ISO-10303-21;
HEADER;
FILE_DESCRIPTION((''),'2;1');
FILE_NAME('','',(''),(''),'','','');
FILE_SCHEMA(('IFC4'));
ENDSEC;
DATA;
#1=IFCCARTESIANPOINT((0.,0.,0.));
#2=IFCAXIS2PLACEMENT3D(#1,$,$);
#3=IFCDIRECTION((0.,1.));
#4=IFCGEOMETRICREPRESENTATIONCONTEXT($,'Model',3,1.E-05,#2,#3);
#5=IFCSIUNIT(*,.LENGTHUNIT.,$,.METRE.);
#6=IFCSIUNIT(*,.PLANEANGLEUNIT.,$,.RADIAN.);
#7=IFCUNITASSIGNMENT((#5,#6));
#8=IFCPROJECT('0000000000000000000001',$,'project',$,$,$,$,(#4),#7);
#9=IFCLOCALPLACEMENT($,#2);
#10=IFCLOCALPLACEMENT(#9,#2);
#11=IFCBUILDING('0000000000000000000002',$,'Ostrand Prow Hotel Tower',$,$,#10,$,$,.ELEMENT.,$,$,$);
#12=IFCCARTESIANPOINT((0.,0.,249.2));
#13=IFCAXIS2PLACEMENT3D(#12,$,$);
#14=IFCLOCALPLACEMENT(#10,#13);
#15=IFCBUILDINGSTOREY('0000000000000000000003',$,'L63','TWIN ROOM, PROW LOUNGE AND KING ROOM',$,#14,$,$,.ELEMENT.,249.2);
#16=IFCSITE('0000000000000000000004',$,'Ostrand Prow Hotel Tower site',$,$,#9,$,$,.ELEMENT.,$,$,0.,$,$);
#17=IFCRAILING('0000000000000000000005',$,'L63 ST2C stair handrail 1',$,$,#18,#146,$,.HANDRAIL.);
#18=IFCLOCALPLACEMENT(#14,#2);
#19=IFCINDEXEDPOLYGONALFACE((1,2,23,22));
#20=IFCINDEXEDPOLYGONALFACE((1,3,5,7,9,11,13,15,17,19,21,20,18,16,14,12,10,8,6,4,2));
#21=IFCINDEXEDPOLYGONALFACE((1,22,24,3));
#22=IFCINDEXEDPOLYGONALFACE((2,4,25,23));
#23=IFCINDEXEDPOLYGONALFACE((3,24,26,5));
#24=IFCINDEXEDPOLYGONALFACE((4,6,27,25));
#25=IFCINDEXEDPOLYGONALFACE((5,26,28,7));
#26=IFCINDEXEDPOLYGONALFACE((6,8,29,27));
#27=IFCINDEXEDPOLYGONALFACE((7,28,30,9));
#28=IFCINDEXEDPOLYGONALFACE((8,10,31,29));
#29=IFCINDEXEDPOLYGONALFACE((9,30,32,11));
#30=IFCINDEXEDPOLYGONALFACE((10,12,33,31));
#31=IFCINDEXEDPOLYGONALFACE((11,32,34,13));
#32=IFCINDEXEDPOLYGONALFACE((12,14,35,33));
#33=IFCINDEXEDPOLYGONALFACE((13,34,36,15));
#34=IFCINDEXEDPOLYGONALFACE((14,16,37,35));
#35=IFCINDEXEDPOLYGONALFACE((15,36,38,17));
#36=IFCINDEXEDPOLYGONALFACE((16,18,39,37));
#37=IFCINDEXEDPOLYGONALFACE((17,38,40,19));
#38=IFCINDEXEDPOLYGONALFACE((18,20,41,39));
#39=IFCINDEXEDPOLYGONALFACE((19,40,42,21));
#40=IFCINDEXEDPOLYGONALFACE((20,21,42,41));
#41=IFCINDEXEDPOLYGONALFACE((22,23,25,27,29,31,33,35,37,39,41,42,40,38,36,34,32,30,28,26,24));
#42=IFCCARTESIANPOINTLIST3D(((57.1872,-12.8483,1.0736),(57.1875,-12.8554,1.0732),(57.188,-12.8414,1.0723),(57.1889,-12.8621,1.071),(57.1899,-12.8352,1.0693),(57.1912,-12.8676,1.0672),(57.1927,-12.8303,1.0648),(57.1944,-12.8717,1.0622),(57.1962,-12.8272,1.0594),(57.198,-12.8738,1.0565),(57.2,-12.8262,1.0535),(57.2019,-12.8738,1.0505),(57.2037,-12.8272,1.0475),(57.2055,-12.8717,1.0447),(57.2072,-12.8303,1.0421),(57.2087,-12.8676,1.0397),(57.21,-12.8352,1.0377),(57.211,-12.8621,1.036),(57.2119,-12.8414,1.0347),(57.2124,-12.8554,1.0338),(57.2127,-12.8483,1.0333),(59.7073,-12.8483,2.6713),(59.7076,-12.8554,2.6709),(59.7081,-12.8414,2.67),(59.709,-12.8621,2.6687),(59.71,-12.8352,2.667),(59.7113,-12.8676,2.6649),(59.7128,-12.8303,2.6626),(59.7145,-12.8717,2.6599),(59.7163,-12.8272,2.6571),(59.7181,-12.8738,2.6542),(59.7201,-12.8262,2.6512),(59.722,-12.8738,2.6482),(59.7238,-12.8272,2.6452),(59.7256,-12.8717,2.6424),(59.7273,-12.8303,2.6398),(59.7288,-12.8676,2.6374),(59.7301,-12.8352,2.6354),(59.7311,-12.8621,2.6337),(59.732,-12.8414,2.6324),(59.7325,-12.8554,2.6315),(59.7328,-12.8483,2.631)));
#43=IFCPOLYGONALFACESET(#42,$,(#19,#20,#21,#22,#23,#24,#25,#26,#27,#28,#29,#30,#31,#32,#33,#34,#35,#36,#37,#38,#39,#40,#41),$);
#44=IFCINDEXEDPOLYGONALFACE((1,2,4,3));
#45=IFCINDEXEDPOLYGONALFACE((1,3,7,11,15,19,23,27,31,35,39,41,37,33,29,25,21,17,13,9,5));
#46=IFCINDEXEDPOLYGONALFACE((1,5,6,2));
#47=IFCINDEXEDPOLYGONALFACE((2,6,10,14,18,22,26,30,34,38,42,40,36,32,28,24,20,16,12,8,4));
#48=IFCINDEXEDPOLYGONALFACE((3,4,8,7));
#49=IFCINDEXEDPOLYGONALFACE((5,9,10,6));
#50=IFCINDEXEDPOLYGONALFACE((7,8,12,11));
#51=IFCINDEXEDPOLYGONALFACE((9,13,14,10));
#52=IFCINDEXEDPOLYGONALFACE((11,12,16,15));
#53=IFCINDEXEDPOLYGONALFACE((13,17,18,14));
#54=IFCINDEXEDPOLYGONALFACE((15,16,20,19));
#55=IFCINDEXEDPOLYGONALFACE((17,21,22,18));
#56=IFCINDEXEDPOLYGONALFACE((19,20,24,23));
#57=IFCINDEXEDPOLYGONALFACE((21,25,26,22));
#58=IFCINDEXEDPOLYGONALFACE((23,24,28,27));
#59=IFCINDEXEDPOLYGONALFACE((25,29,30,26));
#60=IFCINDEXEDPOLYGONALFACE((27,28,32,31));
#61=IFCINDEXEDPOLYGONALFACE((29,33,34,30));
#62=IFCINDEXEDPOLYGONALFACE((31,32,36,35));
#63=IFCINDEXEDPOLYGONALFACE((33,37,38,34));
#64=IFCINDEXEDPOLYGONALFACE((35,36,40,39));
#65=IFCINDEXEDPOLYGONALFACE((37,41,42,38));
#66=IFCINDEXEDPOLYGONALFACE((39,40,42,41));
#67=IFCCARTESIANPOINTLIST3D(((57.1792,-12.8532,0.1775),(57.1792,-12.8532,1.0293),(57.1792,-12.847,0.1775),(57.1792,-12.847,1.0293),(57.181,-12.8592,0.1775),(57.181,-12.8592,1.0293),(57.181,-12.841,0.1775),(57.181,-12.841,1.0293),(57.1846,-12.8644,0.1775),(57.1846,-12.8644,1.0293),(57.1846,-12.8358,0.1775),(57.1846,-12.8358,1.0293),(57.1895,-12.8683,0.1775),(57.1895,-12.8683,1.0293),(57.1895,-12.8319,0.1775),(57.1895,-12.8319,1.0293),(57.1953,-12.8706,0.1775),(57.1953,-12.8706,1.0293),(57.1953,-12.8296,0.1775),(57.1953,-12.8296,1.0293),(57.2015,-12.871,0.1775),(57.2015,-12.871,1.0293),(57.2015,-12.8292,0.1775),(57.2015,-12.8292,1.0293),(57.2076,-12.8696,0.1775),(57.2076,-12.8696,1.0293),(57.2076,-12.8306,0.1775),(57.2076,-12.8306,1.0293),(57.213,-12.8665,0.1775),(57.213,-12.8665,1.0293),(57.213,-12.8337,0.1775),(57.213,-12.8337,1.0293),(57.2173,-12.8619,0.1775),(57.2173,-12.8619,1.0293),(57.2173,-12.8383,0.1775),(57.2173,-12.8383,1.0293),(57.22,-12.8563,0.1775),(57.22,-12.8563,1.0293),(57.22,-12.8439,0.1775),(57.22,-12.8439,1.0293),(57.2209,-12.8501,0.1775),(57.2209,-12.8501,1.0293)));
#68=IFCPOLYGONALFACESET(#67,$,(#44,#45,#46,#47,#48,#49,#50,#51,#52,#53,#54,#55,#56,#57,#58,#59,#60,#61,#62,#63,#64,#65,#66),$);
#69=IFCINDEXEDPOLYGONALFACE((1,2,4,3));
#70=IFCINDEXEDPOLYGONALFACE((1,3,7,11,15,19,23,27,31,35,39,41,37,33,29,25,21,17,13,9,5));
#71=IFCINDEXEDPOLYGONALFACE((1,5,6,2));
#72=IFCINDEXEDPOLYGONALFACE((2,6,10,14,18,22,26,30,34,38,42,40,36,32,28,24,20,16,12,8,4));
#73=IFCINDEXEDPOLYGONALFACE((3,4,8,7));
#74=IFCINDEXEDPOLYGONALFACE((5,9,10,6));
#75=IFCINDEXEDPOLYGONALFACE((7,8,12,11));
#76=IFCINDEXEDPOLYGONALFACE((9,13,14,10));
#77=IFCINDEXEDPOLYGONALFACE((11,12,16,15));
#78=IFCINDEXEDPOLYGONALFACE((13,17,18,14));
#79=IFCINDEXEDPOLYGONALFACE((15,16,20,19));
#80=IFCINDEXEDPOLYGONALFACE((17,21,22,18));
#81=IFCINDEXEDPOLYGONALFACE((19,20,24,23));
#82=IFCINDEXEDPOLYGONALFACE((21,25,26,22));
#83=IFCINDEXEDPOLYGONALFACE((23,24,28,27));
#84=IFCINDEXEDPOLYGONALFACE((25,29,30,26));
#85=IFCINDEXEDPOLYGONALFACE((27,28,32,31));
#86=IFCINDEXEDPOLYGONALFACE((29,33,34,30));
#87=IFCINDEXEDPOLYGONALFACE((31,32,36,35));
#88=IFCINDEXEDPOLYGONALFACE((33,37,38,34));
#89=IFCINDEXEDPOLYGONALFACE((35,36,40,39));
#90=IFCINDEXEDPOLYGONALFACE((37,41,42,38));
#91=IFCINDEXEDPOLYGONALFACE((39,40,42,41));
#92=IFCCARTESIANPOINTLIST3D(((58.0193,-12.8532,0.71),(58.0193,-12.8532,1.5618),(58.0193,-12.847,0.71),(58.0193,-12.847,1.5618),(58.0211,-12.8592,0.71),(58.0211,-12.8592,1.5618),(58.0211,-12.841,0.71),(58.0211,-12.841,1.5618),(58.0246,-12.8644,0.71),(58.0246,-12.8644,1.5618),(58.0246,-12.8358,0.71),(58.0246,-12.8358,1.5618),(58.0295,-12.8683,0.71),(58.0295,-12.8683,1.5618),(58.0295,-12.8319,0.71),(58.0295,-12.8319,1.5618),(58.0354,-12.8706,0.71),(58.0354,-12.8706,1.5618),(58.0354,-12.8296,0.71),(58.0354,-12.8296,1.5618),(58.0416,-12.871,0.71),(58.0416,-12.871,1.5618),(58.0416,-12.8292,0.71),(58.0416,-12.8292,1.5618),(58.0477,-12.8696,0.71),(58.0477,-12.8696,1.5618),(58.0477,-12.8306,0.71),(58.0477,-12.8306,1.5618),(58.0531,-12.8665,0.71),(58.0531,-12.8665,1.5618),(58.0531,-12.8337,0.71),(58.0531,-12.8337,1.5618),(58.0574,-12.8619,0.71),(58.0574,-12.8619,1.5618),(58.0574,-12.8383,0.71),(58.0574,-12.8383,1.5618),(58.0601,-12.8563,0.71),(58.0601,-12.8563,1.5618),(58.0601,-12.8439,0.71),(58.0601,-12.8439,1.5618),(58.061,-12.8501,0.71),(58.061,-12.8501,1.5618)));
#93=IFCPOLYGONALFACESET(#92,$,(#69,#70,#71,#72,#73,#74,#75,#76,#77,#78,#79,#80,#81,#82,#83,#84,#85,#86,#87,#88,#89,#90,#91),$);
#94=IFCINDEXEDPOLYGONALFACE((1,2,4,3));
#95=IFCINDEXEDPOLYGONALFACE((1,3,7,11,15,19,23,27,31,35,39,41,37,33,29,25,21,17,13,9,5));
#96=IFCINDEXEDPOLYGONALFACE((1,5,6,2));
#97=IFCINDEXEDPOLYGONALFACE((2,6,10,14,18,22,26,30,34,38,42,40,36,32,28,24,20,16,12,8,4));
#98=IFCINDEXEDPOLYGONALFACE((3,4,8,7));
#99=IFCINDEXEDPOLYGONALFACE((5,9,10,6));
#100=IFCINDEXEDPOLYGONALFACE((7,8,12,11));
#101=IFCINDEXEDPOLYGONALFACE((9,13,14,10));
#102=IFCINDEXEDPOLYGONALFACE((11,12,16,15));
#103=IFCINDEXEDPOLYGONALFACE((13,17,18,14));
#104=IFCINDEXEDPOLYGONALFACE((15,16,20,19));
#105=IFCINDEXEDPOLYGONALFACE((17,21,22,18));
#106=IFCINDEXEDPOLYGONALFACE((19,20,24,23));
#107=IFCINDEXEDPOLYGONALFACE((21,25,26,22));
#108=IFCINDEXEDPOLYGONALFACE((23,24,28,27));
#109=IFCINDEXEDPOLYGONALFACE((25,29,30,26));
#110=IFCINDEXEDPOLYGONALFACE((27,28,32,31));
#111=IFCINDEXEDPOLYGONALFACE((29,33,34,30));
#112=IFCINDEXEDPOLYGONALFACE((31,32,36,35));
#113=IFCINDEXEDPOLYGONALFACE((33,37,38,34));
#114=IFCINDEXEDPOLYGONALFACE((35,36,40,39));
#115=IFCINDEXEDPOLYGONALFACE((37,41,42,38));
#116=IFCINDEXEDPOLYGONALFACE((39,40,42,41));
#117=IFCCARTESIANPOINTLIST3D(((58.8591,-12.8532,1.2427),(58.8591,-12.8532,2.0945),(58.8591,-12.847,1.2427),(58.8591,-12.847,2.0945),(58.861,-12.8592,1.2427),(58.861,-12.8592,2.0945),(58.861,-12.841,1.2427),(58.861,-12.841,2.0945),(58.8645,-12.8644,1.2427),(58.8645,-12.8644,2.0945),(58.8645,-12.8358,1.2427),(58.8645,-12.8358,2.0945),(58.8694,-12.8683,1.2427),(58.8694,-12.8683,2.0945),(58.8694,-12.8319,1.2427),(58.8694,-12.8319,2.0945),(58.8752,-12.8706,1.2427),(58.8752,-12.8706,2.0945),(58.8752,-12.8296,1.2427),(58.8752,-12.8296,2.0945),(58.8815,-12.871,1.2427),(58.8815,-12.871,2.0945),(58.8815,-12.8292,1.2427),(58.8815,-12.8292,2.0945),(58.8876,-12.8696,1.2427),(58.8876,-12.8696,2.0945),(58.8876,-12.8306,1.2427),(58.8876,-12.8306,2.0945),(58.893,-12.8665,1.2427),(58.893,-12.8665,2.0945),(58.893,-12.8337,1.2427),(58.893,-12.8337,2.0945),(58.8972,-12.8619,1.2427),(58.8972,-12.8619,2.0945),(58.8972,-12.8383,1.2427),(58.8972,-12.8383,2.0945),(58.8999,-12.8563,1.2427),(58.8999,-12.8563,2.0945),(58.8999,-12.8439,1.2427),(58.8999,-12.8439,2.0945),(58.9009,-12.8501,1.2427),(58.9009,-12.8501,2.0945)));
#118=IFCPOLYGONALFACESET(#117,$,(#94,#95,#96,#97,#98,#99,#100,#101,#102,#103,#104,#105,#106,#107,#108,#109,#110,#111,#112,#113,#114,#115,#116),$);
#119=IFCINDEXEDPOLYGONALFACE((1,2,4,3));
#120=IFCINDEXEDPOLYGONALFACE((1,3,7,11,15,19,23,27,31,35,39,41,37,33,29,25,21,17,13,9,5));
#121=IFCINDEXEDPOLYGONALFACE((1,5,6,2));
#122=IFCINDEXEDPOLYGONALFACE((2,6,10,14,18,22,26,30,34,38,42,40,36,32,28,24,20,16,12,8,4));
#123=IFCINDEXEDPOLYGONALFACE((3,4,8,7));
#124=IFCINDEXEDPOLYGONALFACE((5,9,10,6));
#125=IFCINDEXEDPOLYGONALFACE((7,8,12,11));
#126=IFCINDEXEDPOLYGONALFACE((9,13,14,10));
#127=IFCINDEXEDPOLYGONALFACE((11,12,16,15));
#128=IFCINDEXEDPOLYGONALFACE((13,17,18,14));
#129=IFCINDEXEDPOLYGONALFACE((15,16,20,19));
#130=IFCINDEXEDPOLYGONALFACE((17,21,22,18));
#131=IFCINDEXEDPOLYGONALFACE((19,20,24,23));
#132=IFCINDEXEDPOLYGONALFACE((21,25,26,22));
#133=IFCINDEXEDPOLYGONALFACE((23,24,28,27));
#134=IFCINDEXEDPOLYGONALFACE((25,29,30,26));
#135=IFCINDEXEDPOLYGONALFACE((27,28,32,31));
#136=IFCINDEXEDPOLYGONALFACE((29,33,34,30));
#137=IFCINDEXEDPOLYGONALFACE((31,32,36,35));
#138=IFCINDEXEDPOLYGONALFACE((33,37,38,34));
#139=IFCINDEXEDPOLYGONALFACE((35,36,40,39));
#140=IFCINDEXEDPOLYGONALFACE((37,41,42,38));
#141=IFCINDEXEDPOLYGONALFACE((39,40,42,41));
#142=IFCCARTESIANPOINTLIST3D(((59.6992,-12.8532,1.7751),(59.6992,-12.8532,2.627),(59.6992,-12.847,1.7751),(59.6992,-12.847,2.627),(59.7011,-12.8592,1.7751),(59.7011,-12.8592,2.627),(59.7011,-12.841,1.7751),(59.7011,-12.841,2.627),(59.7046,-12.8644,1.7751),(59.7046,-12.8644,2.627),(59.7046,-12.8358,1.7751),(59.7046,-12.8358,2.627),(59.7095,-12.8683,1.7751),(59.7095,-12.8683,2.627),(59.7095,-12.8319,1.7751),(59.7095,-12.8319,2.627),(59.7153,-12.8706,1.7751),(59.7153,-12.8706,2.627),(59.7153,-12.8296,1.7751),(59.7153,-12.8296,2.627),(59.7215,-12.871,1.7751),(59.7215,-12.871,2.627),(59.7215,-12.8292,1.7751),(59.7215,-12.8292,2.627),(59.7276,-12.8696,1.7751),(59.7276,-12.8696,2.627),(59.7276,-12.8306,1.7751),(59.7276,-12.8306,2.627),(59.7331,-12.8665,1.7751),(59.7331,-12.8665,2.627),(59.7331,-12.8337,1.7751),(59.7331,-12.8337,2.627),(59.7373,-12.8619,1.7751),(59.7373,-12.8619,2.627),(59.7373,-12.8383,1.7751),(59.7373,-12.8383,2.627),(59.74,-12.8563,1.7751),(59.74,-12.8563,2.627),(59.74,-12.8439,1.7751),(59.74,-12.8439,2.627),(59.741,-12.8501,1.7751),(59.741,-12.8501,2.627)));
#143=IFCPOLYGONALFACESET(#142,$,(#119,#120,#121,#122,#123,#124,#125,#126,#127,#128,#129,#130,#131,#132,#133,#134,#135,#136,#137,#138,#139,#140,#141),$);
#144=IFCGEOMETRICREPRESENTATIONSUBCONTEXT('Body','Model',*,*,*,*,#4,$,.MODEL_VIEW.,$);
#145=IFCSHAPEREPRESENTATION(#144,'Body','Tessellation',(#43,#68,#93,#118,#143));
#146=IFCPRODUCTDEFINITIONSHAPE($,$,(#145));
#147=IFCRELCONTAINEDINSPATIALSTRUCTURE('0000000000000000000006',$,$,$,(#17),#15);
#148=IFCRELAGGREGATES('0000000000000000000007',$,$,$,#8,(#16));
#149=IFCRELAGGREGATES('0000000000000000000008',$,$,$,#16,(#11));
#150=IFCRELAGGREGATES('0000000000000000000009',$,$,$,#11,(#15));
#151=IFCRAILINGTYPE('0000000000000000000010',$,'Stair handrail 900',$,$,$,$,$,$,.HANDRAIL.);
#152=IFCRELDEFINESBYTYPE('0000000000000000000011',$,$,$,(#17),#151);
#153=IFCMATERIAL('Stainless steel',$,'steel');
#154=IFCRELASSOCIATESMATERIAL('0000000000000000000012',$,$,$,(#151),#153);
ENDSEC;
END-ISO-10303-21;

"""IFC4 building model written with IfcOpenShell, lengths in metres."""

from ifc_helpers import new_model, si_unit, direction, frame, origin, origin_2d, place, context, subcontext, project, spatial, circle, extrude, material, type_object, element, save


model = new_model("IFC4")

# Units and contexts
model_context = context("Model", 3, precision=1e-05, world=origin(), true_north=direction((0.0, 1.0)))
body_context = subcontext(model_context, "Body", "Model", "MODEL_VIEW")
ifc_project = project(units=[si_unit("LENGTHUNIT", "METRE"), si_unit("PLANEANGLEUNIT", "RADIAN")], contexts=[model_context])

# Site, building, storey
site_placement = place(None, origin())
site = spatial("IfcSite", under=ifc_project, at=site_placement, Name="Ostrand Prow Hotel Tower site", CompositionType="ELEMENT", RefElevation=0.0)
building_placement = place(site_placement, origin())
building = spatial("IfcBuilding", under=site, at=building_placement, Name="Ostrand Prow Hotel Tower", CompositionType="ELEMENT")
storey_placement = place(building_placement, frame((0.0, 0.0, 249.2)))
storey = spatial("IfcBuildingStorey", under=building, at=storey_placement, Name="L63", Description="TWIN ROOM, PROW LOUNGE AND KING ROOM", CompositionType="ELEMENT", Elevation=249.2)

# Railing
ifc_material_1 = material(Name="Stainless steel", Category="steel")
railing_type = type_object("IfcRailingType", Name="Stair handrail 900", PredefinedType="HANDRAIL", material=ifc_material_1)
railing_placement = place(storey_placement, frame((57.2, -12.8501, 0.1775)))
element("IfcRailing", 1, at=railing_placement, inside=storey, type_object=railing_type, Name="L63 ST2C stair handrail 1", PredefinedType="HANDRAIL", context=body_context, shape_type="SweptSolid", body=[
    extrude(circle(Radius=0.0239, at=origin_2d()), frame((0.0, 0.0, 0.876), z_axis=(0.84457, 0.0, 0.535445), x_axis=(0.0, 1.0, 0.0)), (0.0, 0.0, 1.0), 2.9839),
    extrude(circle(Radius=0.021, at=origin_2d()), origin(), (0.0, 0.0, 1.0), 0.8518),
    extrude(circle(Radius=0.021, at=origin_2d()), frame((0.8401, 0.0, 0.5325)), (0.0, 0.0, 1.0), 0.8518),
    extrude(circle(Radius=0.021, at=origin_2d()), frame((1.6799, 0.0, 1.0652)), (0.0, 0.0, 1.0), 0.8518),
    extrude(circle(Radius=0.021, at=origin_2d()), frame((2.52, 0.0, 1.5977)), (0.0, 0.0, 1.0), 0.8518),
])

save(model, "model.ifc")
